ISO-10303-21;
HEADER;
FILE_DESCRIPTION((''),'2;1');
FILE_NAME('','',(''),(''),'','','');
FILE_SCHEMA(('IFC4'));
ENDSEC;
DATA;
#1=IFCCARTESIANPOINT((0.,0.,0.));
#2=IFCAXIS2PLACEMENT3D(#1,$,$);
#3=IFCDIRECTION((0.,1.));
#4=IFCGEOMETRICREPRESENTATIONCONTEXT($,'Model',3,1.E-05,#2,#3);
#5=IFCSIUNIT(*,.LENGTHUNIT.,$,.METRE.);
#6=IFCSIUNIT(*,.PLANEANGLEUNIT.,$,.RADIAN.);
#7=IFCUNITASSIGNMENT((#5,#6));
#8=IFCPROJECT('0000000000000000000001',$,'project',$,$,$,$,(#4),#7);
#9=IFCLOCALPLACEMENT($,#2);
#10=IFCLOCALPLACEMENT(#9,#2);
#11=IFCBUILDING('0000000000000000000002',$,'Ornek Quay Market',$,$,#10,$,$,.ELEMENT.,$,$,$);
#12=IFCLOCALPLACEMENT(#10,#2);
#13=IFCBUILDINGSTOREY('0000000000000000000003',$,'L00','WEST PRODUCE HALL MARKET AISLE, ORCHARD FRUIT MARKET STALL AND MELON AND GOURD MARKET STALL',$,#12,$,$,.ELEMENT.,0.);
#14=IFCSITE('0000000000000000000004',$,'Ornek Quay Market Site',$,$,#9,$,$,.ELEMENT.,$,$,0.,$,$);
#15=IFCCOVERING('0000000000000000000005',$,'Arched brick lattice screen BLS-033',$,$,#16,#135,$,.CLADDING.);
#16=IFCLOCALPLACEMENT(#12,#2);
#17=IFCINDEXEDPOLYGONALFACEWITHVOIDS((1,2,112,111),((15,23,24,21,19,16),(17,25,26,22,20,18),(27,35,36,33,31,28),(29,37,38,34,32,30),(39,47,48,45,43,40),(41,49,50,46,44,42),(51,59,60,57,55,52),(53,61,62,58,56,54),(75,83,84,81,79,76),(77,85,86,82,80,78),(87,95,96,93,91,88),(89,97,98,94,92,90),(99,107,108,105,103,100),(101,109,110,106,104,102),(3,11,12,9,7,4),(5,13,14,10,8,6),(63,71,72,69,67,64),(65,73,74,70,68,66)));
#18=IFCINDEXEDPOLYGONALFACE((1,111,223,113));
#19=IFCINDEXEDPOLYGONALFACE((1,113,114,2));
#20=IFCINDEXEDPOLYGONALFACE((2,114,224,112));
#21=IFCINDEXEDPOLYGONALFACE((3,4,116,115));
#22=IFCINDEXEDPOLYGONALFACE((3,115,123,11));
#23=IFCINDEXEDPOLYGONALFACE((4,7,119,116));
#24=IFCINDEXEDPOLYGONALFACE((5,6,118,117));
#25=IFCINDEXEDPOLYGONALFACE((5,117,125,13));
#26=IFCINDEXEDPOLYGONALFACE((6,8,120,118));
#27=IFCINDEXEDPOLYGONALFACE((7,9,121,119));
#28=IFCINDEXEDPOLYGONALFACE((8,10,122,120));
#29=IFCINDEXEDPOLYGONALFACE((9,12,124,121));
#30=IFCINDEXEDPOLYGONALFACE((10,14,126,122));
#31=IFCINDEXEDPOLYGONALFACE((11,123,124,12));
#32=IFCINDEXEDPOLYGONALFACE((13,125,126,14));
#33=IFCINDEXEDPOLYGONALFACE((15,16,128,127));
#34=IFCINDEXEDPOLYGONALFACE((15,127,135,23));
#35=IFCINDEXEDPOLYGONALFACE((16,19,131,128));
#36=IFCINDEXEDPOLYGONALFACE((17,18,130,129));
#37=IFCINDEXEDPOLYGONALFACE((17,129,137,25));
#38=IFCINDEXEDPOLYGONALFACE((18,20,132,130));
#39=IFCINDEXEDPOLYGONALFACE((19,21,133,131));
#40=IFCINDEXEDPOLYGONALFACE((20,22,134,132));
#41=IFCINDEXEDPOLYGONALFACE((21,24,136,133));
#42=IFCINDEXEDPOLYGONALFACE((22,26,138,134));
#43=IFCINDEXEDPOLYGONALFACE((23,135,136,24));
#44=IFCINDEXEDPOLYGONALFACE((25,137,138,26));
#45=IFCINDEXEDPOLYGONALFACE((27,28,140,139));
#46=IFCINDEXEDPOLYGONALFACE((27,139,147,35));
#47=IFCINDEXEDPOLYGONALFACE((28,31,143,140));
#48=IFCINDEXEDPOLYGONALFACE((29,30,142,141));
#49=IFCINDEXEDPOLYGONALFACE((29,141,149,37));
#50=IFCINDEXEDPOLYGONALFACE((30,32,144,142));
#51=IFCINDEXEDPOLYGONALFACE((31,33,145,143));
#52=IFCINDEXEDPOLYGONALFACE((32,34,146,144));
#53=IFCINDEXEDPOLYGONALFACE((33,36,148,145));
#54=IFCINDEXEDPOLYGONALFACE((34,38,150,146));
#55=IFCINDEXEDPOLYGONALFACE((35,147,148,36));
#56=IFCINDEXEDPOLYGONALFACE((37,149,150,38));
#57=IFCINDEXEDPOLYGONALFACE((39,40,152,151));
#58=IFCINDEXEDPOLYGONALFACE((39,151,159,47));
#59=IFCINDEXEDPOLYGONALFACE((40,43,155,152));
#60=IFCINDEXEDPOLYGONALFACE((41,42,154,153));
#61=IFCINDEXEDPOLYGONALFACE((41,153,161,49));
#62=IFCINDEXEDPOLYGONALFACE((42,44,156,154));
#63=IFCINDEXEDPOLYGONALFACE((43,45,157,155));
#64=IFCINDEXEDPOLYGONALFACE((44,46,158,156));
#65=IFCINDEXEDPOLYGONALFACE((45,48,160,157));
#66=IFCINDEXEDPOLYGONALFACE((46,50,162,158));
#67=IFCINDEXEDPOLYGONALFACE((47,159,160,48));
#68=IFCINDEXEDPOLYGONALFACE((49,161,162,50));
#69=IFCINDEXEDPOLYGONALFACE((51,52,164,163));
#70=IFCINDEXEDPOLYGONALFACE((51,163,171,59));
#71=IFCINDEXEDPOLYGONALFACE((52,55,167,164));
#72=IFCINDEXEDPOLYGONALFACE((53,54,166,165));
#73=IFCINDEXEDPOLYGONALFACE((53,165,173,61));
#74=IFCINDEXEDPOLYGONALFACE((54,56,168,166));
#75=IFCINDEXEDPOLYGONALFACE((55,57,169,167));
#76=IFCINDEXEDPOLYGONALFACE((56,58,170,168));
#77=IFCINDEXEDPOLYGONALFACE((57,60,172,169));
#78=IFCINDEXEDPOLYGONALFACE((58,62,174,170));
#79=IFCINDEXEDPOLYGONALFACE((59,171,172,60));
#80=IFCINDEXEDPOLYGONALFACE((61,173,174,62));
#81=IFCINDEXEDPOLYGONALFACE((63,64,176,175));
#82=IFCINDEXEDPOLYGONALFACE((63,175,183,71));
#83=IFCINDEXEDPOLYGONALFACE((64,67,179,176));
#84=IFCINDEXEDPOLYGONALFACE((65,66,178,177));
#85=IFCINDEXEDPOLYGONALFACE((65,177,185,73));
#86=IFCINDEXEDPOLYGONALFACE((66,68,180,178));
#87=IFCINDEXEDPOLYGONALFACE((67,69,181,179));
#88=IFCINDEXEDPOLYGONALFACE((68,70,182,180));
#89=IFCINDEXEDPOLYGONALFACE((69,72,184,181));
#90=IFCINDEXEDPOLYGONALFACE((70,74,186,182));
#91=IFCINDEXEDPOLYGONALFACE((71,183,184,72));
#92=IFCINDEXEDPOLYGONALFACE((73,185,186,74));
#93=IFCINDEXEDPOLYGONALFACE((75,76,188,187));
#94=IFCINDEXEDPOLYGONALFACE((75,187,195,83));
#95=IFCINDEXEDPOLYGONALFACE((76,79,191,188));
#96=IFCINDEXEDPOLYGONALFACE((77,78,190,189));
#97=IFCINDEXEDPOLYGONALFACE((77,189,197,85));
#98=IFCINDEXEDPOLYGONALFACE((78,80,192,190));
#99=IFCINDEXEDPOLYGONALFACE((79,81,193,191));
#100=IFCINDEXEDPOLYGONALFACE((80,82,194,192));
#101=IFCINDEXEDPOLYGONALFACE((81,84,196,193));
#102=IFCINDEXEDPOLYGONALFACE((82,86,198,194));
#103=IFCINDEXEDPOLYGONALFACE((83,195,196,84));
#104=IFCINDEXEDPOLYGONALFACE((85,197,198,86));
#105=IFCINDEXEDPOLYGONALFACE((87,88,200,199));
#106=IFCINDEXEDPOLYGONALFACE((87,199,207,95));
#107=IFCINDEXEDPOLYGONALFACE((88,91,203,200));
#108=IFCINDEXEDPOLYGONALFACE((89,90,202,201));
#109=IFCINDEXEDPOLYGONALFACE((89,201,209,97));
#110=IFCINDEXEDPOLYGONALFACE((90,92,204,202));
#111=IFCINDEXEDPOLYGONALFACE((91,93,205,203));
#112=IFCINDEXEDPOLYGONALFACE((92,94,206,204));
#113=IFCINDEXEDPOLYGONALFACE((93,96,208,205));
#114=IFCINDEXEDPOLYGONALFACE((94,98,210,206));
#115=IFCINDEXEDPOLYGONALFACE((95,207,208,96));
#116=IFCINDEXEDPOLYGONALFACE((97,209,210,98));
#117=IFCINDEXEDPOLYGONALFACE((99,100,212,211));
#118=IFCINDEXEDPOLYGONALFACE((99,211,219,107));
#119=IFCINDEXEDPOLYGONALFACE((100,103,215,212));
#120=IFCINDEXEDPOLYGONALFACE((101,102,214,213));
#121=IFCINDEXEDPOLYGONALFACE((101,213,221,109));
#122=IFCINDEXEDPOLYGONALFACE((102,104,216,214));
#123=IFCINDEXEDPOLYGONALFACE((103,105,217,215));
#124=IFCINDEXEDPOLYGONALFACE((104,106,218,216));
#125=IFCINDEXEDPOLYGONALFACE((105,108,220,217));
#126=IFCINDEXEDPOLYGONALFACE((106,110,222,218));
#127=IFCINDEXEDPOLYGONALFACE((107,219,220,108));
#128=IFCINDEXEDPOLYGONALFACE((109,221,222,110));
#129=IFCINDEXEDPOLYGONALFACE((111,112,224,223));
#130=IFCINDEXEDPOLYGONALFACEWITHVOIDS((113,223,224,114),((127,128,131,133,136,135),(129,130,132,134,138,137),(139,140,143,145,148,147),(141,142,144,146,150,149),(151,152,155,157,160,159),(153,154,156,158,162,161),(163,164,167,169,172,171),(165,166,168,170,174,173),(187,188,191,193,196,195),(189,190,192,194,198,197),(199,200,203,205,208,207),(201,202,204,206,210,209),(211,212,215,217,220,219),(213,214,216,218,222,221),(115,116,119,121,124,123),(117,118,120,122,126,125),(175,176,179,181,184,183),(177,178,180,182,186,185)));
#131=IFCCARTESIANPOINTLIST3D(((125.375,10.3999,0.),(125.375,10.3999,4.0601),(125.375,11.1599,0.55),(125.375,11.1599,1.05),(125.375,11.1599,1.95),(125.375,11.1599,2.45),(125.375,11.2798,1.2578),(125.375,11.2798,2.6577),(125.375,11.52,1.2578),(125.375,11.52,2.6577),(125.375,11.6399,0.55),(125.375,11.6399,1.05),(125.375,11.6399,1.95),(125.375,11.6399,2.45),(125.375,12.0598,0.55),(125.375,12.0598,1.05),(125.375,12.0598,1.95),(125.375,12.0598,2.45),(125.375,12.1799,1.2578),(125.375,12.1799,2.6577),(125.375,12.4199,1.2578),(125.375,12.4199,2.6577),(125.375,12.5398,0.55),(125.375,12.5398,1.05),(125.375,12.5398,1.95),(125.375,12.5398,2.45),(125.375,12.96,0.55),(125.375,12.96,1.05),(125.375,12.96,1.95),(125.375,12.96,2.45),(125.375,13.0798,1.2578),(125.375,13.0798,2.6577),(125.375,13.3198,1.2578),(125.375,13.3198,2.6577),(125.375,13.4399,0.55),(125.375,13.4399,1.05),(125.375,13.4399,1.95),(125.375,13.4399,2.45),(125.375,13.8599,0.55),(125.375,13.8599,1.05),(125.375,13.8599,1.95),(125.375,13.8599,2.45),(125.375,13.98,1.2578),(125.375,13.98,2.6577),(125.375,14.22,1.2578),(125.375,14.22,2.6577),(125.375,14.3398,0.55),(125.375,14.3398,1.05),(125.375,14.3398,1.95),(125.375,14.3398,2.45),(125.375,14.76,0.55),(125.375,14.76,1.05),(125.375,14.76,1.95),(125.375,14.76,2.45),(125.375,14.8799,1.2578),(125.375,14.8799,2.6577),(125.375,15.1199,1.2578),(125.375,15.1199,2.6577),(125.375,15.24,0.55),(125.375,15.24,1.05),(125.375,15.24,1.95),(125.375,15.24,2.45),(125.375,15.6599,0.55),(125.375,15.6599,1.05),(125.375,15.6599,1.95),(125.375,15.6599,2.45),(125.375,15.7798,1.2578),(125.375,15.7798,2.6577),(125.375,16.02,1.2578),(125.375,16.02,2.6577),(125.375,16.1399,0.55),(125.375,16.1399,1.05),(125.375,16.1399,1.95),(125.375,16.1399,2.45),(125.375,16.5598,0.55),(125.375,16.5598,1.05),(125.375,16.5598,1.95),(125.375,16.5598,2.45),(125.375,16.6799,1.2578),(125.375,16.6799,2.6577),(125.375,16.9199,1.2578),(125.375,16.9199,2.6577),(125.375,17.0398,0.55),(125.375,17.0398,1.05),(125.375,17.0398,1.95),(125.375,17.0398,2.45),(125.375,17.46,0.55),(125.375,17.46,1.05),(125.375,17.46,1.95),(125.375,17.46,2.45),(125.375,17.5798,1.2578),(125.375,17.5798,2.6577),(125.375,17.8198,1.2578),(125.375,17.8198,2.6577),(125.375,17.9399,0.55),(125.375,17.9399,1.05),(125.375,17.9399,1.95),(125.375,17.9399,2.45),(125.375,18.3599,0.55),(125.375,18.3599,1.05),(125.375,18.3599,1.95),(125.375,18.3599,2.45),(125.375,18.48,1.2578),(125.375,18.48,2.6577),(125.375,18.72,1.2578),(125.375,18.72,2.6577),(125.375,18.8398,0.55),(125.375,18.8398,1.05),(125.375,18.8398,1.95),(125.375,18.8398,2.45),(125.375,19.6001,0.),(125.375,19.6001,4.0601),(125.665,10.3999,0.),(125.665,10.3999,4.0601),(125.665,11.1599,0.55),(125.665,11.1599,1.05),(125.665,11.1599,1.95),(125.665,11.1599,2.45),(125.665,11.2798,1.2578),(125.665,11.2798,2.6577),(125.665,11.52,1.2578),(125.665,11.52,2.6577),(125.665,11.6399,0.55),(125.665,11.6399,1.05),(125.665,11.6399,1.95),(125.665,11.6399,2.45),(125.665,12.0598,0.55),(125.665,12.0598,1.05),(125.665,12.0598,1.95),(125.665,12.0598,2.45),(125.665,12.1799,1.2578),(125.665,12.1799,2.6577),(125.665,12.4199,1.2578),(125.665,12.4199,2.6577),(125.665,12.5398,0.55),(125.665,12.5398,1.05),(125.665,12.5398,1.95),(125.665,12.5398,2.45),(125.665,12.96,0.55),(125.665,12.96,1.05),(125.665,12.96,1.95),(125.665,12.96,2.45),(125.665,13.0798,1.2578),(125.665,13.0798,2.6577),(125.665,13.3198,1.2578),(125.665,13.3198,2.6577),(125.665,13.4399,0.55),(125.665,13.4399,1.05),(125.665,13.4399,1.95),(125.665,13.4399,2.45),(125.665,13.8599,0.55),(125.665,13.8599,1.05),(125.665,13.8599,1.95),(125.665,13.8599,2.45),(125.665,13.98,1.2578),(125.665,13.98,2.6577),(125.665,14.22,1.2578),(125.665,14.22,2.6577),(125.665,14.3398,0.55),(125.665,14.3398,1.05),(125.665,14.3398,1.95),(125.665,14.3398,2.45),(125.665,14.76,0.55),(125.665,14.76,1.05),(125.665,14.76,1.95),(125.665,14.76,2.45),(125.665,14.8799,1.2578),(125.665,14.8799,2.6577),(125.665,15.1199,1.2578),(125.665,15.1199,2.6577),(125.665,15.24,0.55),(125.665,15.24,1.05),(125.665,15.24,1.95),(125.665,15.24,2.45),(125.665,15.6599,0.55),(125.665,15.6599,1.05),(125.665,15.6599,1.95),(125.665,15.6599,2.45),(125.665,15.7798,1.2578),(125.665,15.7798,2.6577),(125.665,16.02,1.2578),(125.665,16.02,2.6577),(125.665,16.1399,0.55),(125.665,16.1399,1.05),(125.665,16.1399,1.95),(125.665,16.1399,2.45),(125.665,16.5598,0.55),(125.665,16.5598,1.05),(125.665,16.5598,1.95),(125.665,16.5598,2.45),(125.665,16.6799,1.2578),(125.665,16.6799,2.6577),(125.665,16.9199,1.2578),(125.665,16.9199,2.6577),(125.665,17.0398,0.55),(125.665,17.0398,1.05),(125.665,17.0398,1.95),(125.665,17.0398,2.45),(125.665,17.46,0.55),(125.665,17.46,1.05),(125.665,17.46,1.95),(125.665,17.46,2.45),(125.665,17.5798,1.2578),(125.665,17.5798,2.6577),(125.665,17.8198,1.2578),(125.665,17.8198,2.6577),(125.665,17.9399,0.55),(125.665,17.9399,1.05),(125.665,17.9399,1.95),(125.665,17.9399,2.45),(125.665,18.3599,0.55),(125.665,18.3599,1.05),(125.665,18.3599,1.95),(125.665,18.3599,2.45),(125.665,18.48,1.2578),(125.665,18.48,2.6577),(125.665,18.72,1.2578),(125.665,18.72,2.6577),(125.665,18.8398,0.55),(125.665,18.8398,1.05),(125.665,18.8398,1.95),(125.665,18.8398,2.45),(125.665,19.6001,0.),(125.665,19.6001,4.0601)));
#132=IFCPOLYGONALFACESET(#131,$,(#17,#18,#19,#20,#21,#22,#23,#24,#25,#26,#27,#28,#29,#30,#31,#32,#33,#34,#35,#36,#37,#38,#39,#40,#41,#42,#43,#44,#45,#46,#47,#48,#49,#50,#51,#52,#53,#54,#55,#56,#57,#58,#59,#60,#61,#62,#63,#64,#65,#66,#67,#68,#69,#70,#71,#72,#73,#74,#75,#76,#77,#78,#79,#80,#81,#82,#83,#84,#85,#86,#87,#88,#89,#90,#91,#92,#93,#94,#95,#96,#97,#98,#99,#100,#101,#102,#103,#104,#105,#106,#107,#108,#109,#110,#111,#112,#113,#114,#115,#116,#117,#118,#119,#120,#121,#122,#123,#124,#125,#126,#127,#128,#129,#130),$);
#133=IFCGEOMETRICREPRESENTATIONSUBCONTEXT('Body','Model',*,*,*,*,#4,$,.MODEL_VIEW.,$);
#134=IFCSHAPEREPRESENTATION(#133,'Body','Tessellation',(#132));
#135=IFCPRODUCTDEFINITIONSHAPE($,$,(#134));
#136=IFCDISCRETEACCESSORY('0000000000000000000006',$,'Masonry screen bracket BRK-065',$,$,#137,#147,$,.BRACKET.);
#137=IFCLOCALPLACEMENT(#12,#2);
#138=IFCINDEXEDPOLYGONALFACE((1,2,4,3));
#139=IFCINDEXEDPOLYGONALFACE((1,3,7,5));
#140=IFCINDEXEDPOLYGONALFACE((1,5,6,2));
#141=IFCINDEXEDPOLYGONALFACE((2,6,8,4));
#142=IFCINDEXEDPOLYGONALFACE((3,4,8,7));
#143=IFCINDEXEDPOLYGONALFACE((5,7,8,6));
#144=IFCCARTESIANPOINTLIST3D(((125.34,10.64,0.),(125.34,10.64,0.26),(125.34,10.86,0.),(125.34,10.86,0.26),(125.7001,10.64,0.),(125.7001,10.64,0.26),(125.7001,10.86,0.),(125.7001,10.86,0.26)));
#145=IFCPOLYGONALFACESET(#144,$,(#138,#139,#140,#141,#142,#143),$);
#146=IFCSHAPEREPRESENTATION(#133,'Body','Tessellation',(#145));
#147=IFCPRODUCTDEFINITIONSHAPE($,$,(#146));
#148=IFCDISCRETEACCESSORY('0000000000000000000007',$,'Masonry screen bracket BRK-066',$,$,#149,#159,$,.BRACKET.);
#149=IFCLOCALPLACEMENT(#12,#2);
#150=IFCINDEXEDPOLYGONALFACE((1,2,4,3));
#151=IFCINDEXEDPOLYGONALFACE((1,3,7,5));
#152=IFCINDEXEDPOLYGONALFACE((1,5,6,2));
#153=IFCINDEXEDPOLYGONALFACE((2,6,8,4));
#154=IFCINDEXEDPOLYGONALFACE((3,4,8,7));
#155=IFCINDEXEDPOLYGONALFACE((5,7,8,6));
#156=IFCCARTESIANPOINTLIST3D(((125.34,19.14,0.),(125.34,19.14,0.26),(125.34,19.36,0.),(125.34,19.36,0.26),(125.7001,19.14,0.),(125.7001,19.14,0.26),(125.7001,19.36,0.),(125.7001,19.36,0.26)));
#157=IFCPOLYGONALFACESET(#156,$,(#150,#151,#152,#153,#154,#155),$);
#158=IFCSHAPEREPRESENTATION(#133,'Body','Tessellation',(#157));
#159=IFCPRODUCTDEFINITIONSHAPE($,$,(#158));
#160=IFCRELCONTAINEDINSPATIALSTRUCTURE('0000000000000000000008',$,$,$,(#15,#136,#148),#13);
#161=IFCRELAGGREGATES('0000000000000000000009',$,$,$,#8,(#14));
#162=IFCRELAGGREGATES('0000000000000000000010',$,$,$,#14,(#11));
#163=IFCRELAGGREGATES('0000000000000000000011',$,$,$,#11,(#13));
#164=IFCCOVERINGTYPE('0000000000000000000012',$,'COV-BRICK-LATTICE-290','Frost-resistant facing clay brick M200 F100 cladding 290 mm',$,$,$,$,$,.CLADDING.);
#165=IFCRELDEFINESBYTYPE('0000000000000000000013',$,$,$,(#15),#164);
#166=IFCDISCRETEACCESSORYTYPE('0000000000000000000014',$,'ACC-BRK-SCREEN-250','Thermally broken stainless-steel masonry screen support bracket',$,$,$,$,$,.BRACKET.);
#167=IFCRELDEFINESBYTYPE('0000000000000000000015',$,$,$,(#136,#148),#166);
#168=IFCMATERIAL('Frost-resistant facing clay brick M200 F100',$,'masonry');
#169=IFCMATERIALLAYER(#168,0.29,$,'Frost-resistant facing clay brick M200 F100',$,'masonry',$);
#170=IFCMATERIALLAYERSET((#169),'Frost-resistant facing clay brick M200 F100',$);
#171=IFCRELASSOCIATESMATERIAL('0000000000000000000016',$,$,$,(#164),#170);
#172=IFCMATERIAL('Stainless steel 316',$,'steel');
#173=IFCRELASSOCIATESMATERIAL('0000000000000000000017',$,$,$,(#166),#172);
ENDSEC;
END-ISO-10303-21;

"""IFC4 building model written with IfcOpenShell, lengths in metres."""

from ifc_helpers import new_model, si_unit, direction, frame, origin, origin_2d, place, context, subcontext, project, spatial, polyline, rectangle, outline, extrude, material, layer, layer_set, type_object, element, save


model = new_model("IFC4")

# Units and contexts
model_context = context("Model", 3, precision=1e-05, world=origin(), true_north=direction((0.0, 1.0)))
body_context = subcontext(model_context, "Body", "Model", "MODEL_VIEW")
ifc_project = project(units=[si_unit("LENGTHUNIT", "METRE"), si_unit("PLANEANGLEUNIT", "RADIAN")], contexts=[model_context])

# Site, building, storey
site_placement = place(None, origin())
site = spatial("IfcSite", under=ifc_project, at=site_placement, Name="Ornek Quay Market Site", CompositionType="ELEMENT", RefElevation=0.0)
building_placement = place(site_placement, origin())
building = spatial("IfcBuilding", under=site, at=building_placement, Name="Ornek Quay Market", CompositionType="ELEMENT")
storey_placement = place(building_placement, origin())
storey = spatial("IfcBuildingStorey", under=building, at=storey_placement, Name="L00", Description="WEST PRODUCE HALL MARKET AISLE, ORCHARD FRUIT MARKET STALL AND MELON AND GOURD MARKET STALL", CompositionType="ELEMENT", Elevation=0.0)

# Covering
ifc_material_1 = material(Name="Frost-resistant facing clay brick M200 F100", Category="masonry")
ifc_layer_1 = layer(ifc_material_1, 0.29, Name="Frost-resistant facing clay brick M200 F100", Category="masonry")
ifc_layer_set_1 = layer_set([ifc_layer_1], Name="Frost-resistant facing clay brick M200 F100")
covering_type = type_object("IfcCoveringType", Name="COV-BRICK-LATTICE-290", Description="Frost-resistant facing clay brick M200 F100 cladding 290 mm", PredefinedType="CLADDING", material=ifc_layer_set_1)
covering_placement = place(storey_placement, frame((125.52, 10.3999, 0.0), z_axis=(0.0, 0.0, 1.0), x_axis=(0.0, 1.0, 0.0)))
element("IfcCovering", 1, at=covering_placement, inside=storey, type_object=covering_type, Name="Arched brick lattice screen BLS-033", PredefinedType="CLADDING", context=body_context, shape_type="SweptSolid", body=[
    extrude(outline(polyline([(0.0, 0.0), (9.2002, 0.0), (9.2002, 4.0601), (0.0, 4.0601), (0.0, 0.0)]), holes=[polyline([(0.76, 0.55), (1.24, 0.55), (1.24, 1.05), (1.1201, 1.2578), (0.8799, 1.2578), (0.76, 1.05), (0.76, 0.55)]), polyline([(0.76, 1.95), (1.24, 1.95), (1.24, 2.45), (1.1201, 2.6577), (0.8799, 2.6577), (0.76, 2.45), (0.76, 1.95)]), polyline([(1.6599, 0.55), (2.1399, 0.55), (2.1399, 1.05), (2.02, 1.2578), (1.78, 1.2578), (1.6599, 1.05), (1.6599, 0.55)]), polyline([(1.6599, 1.95), (2.1399, 1.95), (2.1399, 2.45), (2.02, 2.6577), (1.78, 2.6577), (1.6599, 2.45), (1.6599, 1.95)]), polyline([(2.5601, 0.55), (3.04, 0.55), (3.04, 1.05), (2.9199, 1.2578), (2.6799, 1.2578), (2.5601, 1.05), (2.5601, 0.55)]), polyline([(2.5601, 1.95), (3.04, 1.95), (3.04, 2.45), (2.9199, 2.6577), (2.6799, 2.6577), (2.5601, 2.45), (2.5601, 1.95)]), polyline([(3.46, 0.55), (3.9399, 0.55), (3.9399, 1.05), (3.8201, 1.2578), (3.5801, 1.2578), (3.46, 1.05), (3.46, 0.55)]), polyline([(3.46, 1.95), (3.9399, 1.95), (3.9399, 2.45), (3.8201, 2.6577), (3.5801, 2.6577), (3.46, 2.45), (3.46, 1.95)]), polyline([(4.3601, 0.55), (4.8401, 0.55), (4.8401, 1.05), (4.72, 1.2578), (4.48, 1.2578), (4.3601, 1.05), (4.3601, 0.55)]), polyline([(4.3601, 1.95), (4.8401, 1.95), (4.8401, 2.45), (4.72, 2.6577), (4.48, 2.6577), (4.3601, 2.45), (4.3601, 1.95)]), polyline([(5.26, 0.55), (5.74, 0.55), (5.74, 1.05), (5.6201, 1.2578), (5.3799, 1.2578), (5.26, 1.05), (5.26, 0.55)]), polyline([(5.26, 1.95), (5.74, 1.95), (5.74, 2.45), (5.6201, 2.6577), (5.3799, 2.6577), (5.26, 2.45), (5.26, 1.95)]), polyline([(6.1599, 0.55), (6.6399, 0.55), (6.6399, 1.05), (6.52, 1.2578), (6.28, 1.2578), (6.1599, 1.05), (6.1599, 0.55)]), polyline([(6.1599, 1.95), (6.6399, 1.95), (6.6399, 2.45), (6.52, 2.6577), (6.28, 2.6577), (6.1599, 2.45), (6.1599, 1.95)]), polyline([(7.0601, 0.55), (7.54, 0.55), (7.54, 1.05), (7.4199, 1.2578), (7.1799, 1.2578), (7.0601, 1.05), (7.0601, 0.55)]), polyline([(7.0601, 1.95), (7.54, 1.95), (7.54, 2.45), (7.4199, 2.6577), (7.1799, 2.6577), (7.0601, 2.45), (7.0601, 1.95)]), polyline([(7.96, 0.55), (8.4399, 0.55), (8.4399, 1.05), (8.3201, 1.2578), (8.0801, 1.2578), (7.96, 1.05), (7.96, 0.55)]), polyline([(7.96, 1.95), (8.4399, 1.95), (8.4399, 2.45), (8.3201, 2.6577), (8.0801, 2.6577), (7.96, 2.45), (7.96, 1.95)])]), frame((0.0, 0.145, 0.0), z_axis=(0.0, -1.0, 0.0), x_axis=(1.0, 0.0, 0.0)), (0.0, 0.0, 1.0), 0.29),
])

# Discrete accessories
ifc_material_2 = material(Name="Stainless steel 316", Category="steel")
discrete_accessory_type = type_object("IfcDiscreteAccessoryType", Name="ACC-BRK-SCREEN-250", Description="Thermally broken stainless-steel masonry screen support bracket", PredefinedType="BRACKET", material=ifc_material_2)
for number, where, z_axis, x_axis, name in (
    (2, (125.52, 10.75, 0.0), (0.0, 0.0, 1.0), (0.0, 1.0, 0.0), "Masonry screen bracket BRK-065"),
    (3, (125.52, 19.25, 0.0), (0.0, 0.0, 1.0), (0.0, 1.0, 0.0), "Masonry screen bracket BRK-066"),
):
    element("IfcDiscreteAccessory", number, at=place(storey_placement, frame(where, z_axis=z_axis, x_axis=x_axis)), inside=storey, type_object=discrete_accessory_type, Name=name, PredefinedType="BRACKET", context=body_context, shape_type="SweptSolid", body=[
        extrude(rectangle(XDim=0.22, YDim=0.3601, at=origin_2d()), origin(), (0.0, 0.0, 1.0), 0.26),
    ])

save(model, "model.ifc")
